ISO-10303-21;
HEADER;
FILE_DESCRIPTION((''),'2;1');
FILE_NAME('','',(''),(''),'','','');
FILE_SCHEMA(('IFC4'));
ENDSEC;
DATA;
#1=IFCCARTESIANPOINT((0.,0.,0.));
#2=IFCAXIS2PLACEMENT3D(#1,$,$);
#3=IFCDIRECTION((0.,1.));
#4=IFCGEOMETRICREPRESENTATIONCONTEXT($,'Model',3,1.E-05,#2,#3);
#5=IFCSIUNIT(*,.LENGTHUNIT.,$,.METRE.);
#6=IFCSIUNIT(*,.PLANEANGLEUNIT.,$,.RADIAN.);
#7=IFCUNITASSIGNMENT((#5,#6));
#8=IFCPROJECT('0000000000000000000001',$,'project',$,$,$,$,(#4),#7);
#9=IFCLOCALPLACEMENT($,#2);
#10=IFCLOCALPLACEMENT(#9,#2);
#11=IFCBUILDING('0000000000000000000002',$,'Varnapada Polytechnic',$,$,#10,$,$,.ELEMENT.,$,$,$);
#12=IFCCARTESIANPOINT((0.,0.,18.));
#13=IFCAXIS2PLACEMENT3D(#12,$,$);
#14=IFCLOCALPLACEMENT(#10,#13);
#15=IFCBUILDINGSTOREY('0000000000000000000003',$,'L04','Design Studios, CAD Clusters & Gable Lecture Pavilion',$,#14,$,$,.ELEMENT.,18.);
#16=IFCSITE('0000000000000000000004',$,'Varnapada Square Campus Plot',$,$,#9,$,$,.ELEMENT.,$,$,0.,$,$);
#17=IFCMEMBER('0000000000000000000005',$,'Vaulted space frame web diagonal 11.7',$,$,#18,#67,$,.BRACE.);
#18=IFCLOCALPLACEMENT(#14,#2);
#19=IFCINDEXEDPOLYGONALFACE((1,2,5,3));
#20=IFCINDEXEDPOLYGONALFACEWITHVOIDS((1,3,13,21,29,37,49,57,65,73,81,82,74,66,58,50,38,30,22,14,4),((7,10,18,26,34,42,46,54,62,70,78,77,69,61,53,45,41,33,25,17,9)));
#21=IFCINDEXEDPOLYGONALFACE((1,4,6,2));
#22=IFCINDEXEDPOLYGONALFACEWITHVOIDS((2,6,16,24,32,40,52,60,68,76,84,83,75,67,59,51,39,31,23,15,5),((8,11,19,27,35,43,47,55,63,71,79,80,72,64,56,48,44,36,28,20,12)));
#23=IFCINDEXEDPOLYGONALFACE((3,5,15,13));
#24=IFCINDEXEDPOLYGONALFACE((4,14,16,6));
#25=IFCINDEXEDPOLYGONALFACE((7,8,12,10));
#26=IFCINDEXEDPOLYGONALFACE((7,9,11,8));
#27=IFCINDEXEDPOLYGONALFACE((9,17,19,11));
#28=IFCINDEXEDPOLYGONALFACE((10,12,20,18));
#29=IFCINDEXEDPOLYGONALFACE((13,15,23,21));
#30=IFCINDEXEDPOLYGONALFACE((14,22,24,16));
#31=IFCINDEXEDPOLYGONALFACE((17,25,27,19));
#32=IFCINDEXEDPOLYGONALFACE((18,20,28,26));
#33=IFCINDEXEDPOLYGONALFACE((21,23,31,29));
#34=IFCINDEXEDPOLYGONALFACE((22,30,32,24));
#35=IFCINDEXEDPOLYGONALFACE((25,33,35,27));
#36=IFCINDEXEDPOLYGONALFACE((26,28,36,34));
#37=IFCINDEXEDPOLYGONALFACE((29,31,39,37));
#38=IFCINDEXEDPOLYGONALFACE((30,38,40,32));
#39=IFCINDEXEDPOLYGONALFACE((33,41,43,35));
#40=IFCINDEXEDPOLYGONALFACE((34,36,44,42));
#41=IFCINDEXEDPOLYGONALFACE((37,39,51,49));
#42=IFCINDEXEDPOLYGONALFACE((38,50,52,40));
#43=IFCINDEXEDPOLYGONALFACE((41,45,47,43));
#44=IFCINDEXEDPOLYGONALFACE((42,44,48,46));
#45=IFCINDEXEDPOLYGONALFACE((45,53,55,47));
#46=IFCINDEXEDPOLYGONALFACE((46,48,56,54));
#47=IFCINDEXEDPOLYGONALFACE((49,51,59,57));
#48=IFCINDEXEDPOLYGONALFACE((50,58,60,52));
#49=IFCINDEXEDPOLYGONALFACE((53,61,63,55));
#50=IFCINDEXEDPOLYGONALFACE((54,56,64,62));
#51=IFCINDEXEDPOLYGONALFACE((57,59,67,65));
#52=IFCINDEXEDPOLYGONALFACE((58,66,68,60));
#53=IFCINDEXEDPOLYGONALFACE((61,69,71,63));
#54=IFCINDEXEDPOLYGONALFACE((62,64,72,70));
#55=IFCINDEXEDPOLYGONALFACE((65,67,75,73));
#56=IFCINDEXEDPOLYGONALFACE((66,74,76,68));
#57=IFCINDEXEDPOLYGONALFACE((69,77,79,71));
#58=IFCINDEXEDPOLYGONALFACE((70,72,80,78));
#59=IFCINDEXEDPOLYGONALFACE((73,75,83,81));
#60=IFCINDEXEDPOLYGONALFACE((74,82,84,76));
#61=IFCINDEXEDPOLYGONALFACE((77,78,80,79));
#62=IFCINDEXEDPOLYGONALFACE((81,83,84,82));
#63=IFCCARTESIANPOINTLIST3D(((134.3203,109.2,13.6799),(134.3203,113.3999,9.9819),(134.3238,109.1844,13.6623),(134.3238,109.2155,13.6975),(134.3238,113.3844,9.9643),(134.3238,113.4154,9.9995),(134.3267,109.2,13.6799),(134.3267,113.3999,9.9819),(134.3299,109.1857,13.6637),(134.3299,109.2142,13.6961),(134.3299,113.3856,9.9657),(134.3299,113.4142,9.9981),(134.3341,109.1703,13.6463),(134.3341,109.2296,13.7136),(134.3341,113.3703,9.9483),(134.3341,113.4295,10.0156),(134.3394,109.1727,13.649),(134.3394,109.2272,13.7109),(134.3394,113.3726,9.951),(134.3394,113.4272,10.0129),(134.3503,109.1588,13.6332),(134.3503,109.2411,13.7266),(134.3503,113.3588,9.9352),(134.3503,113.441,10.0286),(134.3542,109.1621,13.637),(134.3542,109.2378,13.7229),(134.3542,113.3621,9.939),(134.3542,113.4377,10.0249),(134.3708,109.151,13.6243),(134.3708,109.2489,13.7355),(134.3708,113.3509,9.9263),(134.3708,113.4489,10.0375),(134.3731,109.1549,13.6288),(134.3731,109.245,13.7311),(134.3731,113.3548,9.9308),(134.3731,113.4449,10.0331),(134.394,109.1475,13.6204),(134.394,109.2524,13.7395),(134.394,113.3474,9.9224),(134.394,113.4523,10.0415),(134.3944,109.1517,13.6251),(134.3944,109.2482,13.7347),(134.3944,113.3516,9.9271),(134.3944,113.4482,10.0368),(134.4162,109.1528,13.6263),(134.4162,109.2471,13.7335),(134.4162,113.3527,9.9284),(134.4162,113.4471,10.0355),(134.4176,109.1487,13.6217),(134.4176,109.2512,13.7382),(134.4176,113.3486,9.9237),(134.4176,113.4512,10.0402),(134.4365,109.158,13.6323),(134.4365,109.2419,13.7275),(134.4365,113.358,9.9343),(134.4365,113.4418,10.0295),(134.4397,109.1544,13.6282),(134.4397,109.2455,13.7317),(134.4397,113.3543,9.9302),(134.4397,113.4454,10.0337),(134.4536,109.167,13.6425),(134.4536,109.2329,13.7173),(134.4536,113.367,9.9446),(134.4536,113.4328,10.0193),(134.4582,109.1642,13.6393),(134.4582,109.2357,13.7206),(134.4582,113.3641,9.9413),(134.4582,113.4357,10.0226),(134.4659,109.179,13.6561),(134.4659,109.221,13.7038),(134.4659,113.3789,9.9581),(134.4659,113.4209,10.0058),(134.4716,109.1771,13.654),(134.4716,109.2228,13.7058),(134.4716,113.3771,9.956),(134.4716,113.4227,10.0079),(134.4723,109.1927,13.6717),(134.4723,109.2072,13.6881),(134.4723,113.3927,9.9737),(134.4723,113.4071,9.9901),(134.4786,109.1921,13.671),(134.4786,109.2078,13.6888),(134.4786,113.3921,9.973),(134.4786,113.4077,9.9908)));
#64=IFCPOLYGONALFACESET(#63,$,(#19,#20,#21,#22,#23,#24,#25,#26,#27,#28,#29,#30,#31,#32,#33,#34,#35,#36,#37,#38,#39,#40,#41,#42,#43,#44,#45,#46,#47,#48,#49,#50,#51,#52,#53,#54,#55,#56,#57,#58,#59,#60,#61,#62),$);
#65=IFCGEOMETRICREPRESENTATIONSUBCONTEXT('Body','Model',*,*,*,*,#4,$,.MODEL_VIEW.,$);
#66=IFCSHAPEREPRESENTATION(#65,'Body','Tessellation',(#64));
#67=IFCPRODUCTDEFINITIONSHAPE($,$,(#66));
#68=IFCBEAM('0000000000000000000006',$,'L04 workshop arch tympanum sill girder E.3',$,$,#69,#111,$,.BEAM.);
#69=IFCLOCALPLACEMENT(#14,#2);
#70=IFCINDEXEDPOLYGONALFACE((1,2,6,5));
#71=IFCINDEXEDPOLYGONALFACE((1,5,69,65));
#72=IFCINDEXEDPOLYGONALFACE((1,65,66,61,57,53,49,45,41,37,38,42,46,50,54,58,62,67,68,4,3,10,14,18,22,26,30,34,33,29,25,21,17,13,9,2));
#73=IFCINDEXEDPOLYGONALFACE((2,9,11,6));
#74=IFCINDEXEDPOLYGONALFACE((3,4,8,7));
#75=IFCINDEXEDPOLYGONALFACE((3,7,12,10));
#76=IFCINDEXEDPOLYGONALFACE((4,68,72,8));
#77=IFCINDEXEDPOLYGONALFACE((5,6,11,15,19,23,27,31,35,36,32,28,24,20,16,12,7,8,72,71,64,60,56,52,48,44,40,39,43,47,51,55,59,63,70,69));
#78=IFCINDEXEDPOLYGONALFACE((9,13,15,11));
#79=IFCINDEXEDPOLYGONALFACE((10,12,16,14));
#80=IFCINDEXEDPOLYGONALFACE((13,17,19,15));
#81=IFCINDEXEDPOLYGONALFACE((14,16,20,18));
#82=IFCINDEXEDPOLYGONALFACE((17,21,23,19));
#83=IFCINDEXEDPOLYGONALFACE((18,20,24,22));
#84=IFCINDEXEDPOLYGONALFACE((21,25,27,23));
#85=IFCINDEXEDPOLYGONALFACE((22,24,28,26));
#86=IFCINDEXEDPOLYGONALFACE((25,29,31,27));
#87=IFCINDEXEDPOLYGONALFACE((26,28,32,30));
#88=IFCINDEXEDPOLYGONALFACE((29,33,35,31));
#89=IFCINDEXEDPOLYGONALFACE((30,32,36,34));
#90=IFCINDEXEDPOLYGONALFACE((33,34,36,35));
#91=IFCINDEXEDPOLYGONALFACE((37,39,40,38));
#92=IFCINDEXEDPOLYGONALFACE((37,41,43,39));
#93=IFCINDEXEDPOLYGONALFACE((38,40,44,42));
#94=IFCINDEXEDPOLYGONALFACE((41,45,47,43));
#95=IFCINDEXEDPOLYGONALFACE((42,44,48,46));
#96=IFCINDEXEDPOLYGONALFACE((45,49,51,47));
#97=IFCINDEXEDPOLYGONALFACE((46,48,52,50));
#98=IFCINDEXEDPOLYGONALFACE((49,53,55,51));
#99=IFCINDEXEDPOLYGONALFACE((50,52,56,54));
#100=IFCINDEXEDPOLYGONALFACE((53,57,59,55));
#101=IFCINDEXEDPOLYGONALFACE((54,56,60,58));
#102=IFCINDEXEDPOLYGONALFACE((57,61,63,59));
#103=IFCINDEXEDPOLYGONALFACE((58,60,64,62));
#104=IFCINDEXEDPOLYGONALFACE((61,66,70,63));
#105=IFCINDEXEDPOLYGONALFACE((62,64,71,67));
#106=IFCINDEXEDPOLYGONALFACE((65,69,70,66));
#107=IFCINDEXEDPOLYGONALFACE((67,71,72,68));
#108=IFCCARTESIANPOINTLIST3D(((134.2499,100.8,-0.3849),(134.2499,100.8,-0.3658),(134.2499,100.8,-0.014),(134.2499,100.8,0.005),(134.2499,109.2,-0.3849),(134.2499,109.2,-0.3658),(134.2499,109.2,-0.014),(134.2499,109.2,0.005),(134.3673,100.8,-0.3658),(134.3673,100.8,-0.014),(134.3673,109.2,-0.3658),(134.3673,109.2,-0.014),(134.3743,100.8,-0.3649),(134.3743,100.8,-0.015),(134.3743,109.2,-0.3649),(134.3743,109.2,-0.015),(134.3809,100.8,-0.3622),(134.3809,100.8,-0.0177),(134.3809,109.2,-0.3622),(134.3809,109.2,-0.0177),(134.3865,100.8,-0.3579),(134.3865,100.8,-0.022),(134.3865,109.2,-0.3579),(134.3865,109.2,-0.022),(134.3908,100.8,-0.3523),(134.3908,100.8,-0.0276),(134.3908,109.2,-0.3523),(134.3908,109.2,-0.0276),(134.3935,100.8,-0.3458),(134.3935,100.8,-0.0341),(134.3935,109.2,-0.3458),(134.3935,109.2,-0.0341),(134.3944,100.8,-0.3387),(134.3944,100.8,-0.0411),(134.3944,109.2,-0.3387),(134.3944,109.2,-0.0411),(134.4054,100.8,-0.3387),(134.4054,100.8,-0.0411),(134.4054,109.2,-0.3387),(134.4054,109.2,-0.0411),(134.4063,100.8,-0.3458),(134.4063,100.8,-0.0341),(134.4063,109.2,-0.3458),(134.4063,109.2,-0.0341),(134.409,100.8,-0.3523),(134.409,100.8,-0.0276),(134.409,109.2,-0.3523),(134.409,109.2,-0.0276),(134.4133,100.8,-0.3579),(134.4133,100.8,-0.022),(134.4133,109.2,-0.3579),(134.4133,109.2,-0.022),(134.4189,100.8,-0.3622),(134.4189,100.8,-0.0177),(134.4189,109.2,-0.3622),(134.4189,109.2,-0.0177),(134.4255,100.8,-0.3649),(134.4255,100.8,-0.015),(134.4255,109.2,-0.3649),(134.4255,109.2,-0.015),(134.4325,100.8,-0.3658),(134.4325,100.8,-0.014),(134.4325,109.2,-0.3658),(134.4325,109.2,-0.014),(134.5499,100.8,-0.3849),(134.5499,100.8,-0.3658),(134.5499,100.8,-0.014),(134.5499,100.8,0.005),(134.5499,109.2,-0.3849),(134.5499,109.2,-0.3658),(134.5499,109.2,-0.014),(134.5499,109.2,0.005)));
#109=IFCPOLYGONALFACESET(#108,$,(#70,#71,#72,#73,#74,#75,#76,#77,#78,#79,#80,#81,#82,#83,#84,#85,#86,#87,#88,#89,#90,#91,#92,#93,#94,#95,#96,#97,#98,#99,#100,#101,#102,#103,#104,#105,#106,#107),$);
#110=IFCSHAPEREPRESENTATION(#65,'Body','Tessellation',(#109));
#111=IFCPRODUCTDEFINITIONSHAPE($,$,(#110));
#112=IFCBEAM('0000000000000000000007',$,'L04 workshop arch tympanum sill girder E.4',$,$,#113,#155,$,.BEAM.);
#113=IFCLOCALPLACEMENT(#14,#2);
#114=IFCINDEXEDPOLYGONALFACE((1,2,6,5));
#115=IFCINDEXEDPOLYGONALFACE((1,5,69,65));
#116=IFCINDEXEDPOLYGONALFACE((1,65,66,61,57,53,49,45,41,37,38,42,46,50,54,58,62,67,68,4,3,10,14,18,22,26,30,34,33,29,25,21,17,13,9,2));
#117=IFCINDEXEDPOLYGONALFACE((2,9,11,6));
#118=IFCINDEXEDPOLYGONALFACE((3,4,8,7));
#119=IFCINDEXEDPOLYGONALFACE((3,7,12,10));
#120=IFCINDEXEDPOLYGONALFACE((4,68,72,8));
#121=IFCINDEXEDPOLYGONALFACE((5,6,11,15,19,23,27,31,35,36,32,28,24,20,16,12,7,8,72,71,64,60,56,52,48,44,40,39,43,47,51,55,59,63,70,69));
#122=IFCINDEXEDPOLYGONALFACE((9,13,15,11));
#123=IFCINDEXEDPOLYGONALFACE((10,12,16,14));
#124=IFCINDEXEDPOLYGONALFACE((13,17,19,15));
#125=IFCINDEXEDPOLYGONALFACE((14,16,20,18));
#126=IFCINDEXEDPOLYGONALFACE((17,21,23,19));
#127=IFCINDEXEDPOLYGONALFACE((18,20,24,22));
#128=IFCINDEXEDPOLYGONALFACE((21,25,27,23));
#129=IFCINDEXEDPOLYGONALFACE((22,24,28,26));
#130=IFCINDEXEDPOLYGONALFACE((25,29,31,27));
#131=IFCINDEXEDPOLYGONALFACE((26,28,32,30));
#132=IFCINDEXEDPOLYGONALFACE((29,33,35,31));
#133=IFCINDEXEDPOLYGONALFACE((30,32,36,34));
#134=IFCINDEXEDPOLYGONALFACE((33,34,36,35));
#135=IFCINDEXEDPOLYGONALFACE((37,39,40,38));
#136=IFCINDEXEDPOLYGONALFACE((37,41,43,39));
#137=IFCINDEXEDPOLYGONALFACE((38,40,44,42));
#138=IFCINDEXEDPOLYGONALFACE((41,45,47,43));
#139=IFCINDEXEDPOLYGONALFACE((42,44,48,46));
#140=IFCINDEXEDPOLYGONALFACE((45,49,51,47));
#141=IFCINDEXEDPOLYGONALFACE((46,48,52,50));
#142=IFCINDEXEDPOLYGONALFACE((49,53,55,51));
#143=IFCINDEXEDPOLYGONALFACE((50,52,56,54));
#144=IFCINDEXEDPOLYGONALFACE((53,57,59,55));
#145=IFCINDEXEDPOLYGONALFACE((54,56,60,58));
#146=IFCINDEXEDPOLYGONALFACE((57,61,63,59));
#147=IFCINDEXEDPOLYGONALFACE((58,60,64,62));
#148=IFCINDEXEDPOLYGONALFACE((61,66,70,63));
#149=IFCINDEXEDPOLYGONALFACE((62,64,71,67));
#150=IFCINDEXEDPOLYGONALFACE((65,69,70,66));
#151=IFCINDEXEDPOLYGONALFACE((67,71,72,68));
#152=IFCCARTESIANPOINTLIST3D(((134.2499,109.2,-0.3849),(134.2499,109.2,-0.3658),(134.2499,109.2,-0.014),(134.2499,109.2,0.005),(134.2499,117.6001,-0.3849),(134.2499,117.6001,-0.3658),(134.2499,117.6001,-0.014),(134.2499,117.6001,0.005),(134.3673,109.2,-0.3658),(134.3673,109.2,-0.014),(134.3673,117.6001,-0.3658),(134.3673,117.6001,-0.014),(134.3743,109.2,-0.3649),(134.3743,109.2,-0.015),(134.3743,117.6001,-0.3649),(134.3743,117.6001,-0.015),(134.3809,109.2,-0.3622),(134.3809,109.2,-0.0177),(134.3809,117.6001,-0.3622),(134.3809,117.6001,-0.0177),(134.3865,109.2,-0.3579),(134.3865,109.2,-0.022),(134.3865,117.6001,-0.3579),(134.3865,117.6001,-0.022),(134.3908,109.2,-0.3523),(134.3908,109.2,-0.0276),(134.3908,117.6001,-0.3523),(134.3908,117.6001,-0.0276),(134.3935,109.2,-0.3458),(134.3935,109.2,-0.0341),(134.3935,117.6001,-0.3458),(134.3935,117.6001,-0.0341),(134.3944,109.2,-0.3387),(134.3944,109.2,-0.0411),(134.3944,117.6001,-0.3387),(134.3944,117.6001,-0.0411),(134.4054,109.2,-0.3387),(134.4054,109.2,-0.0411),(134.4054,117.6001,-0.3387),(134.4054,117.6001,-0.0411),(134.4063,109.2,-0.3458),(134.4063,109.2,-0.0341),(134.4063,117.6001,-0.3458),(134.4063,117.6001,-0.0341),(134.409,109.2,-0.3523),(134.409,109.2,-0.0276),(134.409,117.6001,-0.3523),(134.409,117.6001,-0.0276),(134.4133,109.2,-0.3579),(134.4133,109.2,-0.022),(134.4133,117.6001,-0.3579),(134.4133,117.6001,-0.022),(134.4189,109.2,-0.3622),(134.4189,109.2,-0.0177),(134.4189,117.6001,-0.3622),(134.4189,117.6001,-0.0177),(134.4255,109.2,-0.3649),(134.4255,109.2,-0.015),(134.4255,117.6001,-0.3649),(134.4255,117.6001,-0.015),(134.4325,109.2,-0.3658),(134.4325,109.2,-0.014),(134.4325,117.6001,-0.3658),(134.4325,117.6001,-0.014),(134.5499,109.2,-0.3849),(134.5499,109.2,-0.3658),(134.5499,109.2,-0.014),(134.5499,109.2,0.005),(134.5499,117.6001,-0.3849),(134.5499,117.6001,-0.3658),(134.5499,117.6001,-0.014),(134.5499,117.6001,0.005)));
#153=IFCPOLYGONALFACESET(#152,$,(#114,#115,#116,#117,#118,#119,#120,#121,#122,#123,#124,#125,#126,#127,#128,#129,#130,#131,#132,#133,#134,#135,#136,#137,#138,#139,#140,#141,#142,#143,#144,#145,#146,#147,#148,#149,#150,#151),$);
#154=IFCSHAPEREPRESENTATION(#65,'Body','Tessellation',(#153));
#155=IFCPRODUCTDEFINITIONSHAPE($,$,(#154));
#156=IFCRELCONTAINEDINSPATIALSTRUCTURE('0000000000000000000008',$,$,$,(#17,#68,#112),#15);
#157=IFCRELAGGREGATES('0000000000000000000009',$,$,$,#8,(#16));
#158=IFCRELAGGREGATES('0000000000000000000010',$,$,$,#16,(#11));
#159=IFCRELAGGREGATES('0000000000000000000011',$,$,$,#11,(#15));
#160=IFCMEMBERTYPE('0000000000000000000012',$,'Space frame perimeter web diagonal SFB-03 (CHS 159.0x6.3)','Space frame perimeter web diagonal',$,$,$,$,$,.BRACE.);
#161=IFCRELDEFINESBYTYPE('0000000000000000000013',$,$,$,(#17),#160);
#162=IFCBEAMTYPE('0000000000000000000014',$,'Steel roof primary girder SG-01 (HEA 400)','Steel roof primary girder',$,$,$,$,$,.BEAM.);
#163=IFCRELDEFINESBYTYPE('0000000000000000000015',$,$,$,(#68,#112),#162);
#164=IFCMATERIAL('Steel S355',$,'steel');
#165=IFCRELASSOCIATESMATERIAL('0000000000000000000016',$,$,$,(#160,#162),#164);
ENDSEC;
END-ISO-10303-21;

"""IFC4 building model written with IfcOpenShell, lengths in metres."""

from ifc_helpers import new_model, si_unit, direction, frame, origin, origin_2d, place, context, subcontext, project, spatial, hollow_circle, i_section, extrude, material, material_profile, profile_set, type_object, element, save


model = new_model("IFC4")

# Units and contexts
model_context = context("Model", 3, precision=1e-05, world=origin(), true_north=direction((0.0, 1.0)))
body_context = subcontext(model_context, "Body", "Model", "MODEL_VIEW")
ifc_project = project(units=[si_unit("LENGTHUNIT", "METRE"), si_unit("PLANEANGLEUNIT", "RADIAN")], contexts=[model_context])

# Site, building, storey
site_placement = place(None, origin())
site = spatial("IfcSite", under=ifc_project, at=site_placement, Name="Varnapada Square Campus Plot", CompositionType="ELEMENT", RefElevation=0.0)
building_placement = place(site_placement, origin())
building = spatial("IfcBuilding", under=site, at=building_placement, Name="Varnapada Polytechnic", CompositionType="ELEMENT")
storey_placement = place(building_placement, frame((0.0, 0.0, 18.0)))
storey = spatial("IfcBuildingStorey", under=building, at=storey_placement, Name="L04", Description="Design Studios, CAD Clusters & Gable Lecture Pavilion", CompositionType="ELEMENT", Elevation=18.0)

# Shared definitions
ifc_material = material(Name="Steel S355", Category="steel")

# Member
ifc_material_profile_1 = material_profile(ifc_material, hollow_circle(Radius=0.0796, WallThickness=0.0063, at=origin_2d()), Name="CHS 159.0x6.3")
ifc_profile_set_1 = profile_set([ifc_material_profile_1], Name="Steel S355")
member_type_1 = type_object("IfcMemberType", Name="Space frame perimeter web diagonal SFB-03 (CHS 159.0x6.3)", Description="Space frame perimeter web diagonal", PredefinedType="BRACE", material=ifc_profile_set_1)
member_1_placement = place(storey_placement, frame((134.3999, 109.2, 13.6799), z_axis=(0.0, 0.750533, -0.660833), x_axis=(-1.0, 0.0, 0.0)))
element("IfcMember", 1, at=member_1_placement, inside=storey, type_object=member_type_1, Name="Vaulted space frame web diagonal 11.7", PredefinedType="BRACE", context=body_context, shape_type="SweptSolid", body=[
    extrude(hollow_circle(Radius=0.0796, WallThickness=0.0063, at=origin_2d()), origin(), (0.0, 0.0, 1.0), 5.5959),
])

# Beams
ifc_material_profile_2 = material_profile(ifc_material, i_section(OverallWidth=0.3, OverallDepth=0.3899, WebThickness=0.011, FlangeThickness=0.019, FilletRadius=0.0271, at=origin_2d()), Name="HEA 400")
ifc_profile_set_2 = profile_set([ifc_material_profile_2], Name="Steel S355")
beam_type_1 = type_object("IfcBeamType", Name="Steel roof primary girder SG-01 (HEA 400)", Description="Steel roof primary girder", PredefinedType="BEAM", material=ifc_profile_set_2)
beam_1_placement = place(storey_placement, frame((134.3999, 100.8, -0.1899), z_axis=(0.0, 1.0, 0.0), x_axis=(-1.0, 0.0, 0.0)))
element("IfcBeam", 2, at=beam_1_placement, inside=storey, type_object=beam_type_1, Name="L04 workshop arch tympanum sill girder E.3", PredefinedType="BEAM", context=body_context, shape_type="SweptSolid", body=[
    extrude(i_section(OverallWidth=0.3, OverallDepth=0.3899, WebThickness=0.011, FlangeThickness=0.019, FilletRadius=0.0271, at=origin_2d()), origin(), (0.0, 0.0, 1.0), 8.3999),
])
beam_2_placement = place(storey_placement, frame((134.3999, 109.2, -0.1899), z_axis=(0.0, 1.0, 0.0), x_axis=(-1.0, 0.0, 0.0)))
element("IfcBeam", 3, at=beam_2_placement, inside=storey, type_object=beam_type_1, Name="L04 workshop arch tympanum sill girder E.4", PredefinedType="BEAM", context=body_context, shape_type="SweptSolid", body=[
    extrude(i_section(OverallWidth=0.3, OverallDepth=0.3899, WebThickness=0.011, FlangeThickness=0.019, FilletRadius=0.0271, at=origin_2d()), origin(), (0.0, 0.0, 1.0), 8.4001),
])

save(model, "model.ifc")
